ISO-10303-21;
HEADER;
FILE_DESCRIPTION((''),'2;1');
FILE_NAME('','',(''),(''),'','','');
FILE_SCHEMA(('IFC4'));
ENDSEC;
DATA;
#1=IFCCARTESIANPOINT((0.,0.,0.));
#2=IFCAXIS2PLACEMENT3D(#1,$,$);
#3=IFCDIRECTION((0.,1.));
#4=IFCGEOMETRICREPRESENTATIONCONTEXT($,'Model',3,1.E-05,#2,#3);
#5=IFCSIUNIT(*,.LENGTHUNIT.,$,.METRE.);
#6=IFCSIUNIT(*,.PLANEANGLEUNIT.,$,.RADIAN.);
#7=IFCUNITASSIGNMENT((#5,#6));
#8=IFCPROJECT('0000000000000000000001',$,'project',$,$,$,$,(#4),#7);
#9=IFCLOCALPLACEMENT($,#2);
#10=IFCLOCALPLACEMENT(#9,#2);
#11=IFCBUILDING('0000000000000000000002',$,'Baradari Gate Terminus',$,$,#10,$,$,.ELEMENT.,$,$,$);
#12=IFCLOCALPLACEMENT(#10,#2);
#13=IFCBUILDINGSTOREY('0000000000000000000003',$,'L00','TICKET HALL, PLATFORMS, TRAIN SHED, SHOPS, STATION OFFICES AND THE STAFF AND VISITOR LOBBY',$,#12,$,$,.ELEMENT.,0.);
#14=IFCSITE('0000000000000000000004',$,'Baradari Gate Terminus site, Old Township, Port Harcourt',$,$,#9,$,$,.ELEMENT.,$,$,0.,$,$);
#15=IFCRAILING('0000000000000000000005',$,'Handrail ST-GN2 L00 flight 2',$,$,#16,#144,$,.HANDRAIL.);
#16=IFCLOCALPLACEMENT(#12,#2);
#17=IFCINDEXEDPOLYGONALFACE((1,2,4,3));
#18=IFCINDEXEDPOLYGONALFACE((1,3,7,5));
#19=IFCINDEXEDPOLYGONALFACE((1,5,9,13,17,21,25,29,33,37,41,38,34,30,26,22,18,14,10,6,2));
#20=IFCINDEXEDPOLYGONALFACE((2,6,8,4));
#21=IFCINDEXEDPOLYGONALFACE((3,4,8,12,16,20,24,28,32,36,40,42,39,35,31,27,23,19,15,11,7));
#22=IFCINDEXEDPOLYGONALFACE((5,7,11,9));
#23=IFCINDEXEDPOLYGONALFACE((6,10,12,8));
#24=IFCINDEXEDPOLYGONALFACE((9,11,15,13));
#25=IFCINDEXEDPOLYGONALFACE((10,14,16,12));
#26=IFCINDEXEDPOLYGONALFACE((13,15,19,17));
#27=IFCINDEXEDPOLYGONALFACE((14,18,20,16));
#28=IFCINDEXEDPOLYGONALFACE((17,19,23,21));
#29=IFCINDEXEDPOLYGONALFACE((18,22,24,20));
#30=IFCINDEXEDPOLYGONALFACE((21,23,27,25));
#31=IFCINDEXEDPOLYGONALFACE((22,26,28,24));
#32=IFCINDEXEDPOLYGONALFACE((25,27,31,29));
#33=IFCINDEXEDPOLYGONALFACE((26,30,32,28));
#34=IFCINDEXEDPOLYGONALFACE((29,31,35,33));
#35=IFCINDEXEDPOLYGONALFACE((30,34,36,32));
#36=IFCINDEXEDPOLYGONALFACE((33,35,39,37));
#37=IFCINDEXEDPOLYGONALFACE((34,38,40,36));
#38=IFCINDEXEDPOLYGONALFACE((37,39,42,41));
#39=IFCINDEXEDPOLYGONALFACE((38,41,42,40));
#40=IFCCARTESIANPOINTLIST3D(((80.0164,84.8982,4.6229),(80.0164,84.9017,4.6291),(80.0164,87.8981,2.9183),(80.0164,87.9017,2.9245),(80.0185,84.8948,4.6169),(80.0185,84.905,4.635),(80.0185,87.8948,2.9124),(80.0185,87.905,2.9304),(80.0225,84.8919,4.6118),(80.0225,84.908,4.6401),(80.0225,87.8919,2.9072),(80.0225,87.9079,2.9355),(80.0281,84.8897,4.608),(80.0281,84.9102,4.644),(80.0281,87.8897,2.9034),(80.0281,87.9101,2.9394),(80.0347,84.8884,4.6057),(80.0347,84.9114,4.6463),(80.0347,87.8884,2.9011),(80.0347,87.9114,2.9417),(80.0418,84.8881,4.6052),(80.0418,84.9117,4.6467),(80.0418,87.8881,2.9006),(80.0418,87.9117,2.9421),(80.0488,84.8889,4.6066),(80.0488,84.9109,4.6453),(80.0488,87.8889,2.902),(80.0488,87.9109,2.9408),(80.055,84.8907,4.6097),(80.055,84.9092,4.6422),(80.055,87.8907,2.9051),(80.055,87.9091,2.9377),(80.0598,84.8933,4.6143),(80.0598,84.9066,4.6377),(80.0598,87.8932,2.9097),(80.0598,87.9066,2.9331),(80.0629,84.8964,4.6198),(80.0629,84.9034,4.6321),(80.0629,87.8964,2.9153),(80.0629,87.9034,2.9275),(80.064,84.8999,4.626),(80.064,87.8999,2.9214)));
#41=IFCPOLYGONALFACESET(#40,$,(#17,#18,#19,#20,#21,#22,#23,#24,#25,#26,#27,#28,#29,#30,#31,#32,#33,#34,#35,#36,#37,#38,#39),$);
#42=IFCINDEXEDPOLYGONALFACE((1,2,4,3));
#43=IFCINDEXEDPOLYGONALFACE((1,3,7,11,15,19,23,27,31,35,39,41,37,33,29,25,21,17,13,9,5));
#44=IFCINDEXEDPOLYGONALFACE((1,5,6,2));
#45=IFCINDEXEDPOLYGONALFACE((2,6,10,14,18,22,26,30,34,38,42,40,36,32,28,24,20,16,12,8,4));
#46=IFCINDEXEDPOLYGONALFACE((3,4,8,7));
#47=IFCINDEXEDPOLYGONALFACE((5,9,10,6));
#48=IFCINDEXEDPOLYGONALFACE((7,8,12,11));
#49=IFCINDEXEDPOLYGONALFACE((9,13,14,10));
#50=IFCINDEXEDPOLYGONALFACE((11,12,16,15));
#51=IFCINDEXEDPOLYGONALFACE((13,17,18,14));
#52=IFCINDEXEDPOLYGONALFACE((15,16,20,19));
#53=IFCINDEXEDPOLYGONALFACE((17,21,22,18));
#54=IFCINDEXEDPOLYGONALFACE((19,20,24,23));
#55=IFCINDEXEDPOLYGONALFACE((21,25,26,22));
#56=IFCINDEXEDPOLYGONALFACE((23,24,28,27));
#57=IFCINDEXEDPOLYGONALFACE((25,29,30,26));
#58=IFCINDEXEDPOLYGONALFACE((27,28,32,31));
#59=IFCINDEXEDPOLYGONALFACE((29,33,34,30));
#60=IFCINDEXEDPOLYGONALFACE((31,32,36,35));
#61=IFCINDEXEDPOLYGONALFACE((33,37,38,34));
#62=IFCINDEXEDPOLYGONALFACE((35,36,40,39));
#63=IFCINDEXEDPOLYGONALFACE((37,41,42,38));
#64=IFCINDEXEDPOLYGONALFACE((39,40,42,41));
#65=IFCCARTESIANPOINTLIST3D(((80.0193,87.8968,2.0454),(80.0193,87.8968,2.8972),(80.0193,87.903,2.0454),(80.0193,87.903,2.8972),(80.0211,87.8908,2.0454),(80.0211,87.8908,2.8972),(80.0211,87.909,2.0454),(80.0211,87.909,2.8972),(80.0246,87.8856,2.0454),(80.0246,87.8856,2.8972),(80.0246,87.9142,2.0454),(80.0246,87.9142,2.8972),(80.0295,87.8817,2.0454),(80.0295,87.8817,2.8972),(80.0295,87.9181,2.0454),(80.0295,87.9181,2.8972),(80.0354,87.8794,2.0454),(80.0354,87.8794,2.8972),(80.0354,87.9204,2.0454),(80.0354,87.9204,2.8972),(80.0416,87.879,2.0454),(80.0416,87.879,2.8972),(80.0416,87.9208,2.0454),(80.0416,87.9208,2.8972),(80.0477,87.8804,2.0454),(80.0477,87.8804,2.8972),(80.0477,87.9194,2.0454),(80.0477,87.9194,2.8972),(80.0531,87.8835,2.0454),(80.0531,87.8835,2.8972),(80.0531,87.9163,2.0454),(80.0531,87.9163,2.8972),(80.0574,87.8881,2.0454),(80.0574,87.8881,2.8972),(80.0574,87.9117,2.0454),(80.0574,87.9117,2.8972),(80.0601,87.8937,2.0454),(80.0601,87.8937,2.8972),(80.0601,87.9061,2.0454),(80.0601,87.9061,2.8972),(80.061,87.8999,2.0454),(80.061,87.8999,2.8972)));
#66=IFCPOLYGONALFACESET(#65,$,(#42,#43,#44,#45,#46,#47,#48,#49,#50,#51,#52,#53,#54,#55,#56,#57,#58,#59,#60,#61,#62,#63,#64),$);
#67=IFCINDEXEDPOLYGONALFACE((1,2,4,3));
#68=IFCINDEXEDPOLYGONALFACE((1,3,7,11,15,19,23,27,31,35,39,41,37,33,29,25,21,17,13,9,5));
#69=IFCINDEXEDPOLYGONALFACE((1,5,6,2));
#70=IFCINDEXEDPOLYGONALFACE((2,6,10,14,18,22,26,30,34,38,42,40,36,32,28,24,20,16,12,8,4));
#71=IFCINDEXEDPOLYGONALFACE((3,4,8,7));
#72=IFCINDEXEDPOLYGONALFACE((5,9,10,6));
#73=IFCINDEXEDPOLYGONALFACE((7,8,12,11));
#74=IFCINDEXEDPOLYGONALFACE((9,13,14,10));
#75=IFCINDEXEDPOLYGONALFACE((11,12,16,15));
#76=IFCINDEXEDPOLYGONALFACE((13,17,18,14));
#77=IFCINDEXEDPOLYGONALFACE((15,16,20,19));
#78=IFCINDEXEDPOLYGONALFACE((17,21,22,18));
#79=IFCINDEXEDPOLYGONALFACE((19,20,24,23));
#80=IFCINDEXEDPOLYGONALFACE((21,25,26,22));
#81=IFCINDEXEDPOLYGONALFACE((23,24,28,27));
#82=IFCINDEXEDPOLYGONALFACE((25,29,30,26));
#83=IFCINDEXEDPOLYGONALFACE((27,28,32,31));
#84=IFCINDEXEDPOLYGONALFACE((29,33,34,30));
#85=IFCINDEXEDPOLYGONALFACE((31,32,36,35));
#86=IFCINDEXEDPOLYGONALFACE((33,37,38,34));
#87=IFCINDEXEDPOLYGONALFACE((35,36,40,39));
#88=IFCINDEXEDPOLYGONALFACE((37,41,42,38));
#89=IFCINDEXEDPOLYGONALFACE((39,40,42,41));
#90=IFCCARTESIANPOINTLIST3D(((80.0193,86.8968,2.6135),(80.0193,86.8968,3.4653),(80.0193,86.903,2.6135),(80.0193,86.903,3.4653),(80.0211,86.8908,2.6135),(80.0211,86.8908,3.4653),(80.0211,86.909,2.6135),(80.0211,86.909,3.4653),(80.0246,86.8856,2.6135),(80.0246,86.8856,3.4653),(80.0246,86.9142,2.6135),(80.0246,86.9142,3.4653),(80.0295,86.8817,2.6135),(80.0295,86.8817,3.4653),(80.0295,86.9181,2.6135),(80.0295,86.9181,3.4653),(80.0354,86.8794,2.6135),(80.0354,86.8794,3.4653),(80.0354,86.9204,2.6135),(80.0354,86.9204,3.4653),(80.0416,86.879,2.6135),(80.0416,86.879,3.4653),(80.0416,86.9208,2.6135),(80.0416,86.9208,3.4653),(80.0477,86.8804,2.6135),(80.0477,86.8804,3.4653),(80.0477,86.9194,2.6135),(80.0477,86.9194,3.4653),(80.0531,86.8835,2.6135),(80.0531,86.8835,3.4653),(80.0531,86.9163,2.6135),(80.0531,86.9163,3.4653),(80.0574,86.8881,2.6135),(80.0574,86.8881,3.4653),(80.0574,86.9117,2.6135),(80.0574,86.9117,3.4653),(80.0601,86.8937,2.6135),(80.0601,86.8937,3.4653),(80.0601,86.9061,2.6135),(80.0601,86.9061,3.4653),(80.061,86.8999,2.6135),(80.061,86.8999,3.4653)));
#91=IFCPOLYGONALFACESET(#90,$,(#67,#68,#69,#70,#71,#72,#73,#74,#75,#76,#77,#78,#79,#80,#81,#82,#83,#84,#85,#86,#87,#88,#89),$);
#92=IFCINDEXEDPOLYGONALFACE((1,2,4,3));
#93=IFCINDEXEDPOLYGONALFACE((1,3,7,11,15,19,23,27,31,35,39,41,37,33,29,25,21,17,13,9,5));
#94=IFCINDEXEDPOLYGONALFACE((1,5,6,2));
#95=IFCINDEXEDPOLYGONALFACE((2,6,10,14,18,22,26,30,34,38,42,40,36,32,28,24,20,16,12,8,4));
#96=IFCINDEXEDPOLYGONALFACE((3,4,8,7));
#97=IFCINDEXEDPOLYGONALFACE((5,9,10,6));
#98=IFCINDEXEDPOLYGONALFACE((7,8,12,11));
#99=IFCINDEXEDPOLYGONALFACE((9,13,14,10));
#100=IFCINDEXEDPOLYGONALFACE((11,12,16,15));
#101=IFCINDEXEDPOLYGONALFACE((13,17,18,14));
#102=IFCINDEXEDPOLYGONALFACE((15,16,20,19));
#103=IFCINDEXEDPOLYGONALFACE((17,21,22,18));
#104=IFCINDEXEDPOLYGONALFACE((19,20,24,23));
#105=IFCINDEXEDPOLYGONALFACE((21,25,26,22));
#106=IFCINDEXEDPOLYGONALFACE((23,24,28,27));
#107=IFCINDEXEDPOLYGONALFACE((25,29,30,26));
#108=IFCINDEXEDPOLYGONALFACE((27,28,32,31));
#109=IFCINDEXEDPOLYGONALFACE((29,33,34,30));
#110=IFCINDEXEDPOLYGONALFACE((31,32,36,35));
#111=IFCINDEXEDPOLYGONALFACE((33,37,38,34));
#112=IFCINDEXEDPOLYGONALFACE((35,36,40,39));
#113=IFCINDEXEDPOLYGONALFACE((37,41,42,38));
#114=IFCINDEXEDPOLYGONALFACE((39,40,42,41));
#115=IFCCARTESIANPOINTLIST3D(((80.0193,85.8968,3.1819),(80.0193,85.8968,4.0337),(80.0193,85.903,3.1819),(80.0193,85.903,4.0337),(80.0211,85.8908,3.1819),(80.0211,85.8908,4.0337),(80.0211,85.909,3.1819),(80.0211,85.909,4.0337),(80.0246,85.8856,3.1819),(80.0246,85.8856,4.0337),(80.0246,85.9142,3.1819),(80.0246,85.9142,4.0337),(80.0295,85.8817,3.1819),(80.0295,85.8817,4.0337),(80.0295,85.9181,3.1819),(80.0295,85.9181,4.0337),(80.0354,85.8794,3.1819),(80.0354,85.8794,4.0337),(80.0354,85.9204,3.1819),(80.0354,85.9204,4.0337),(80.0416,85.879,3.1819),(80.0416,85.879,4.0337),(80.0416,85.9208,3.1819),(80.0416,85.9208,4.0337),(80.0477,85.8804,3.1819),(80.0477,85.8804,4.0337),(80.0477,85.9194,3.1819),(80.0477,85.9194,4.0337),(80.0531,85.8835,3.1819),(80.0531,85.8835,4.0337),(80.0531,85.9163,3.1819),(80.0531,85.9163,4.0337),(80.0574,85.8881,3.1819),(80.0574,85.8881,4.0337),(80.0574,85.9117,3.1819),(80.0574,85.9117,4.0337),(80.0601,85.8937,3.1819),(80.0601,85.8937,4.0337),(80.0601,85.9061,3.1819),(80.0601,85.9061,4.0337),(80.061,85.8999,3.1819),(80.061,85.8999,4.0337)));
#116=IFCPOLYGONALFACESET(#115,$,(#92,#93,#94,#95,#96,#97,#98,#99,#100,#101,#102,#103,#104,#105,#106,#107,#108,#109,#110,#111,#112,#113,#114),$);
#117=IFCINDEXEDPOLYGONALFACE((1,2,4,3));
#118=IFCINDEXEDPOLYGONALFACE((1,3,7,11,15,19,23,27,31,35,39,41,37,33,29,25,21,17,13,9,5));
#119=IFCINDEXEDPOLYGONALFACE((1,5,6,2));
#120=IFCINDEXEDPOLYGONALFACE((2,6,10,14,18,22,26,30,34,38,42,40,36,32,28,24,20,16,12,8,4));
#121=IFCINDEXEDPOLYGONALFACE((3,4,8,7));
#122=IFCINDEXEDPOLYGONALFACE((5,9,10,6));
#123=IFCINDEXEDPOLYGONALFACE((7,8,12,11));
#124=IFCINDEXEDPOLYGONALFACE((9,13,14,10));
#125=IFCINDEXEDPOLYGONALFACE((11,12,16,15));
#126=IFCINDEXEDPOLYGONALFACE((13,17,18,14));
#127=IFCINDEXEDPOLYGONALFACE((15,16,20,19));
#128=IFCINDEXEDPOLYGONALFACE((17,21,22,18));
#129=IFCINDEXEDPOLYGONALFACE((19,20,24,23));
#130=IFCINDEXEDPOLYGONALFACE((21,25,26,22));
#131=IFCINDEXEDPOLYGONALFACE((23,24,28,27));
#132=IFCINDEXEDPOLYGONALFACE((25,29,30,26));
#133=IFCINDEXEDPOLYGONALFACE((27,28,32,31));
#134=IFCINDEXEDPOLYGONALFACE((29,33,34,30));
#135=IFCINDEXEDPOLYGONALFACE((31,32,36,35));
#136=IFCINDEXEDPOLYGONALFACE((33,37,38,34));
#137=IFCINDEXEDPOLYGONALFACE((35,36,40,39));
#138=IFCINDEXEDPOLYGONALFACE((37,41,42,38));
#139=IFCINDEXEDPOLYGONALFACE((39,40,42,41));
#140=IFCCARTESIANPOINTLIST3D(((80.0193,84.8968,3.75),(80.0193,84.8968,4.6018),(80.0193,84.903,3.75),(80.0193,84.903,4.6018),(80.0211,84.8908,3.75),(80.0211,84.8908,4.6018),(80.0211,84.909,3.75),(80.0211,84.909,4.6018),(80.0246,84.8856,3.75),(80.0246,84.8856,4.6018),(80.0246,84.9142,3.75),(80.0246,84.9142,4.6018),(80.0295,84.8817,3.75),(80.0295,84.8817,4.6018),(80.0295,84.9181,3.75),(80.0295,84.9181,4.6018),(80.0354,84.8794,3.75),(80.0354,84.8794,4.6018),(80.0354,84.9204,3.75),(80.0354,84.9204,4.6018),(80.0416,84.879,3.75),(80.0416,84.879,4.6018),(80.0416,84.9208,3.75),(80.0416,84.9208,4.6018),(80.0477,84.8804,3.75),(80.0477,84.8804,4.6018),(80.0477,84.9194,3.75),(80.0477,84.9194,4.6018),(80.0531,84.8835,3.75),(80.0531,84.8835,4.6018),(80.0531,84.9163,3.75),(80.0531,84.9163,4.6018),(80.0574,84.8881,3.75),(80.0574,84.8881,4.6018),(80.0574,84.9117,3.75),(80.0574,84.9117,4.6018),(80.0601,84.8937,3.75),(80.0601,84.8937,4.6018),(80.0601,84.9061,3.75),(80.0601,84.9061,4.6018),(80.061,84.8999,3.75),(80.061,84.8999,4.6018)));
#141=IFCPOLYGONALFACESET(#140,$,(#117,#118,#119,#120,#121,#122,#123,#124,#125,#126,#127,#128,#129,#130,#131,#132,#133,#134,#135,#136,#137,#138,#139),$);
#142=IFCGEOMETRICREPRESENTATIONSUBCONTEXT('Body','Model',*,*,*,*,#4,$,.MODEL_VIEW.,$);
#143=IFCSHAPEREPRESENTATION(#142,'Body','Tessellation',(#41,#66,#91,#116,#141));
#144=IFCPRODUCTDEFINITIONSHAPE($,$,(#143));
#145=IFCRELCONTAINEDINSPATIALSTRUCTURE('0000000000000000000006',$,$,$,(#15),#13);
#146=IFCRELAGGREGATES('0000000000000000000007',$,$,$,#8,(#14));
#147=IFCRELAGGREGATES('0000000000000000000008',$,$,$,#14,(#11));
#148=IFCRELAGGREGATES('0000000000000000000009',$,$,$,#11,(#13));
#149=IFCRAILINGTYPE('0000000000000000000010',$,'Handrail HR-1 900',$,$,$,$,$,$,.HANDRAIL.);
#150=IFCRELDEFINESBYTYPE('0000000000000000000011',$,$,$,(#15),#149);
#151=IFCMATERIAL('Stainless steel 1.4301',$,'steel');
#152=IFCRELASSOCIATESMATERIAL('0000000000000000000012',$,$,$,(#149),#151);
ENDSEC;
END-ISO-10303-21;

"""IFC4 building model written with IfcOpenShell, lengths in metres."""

from ifc_helpers import new_model, si_unit, direction, frame, origin, origin_2d, place, context, subcontext, project, spatial, circle, extrude, material, type_object, element, save


model = new_model("IFC4")

# Units and contexts
model_context = context("Model", 3, precision=1e-05, world=origin(), true_north=direction((0.0, 1.0)))
body_context = subcontext(model_context, "Body", "Model", "MODEL_VIEW")
ifc_project = project(units=[si_unit("LENGTHUNIT", "METRE"), si_unit("PLANEANGLEUNIT", "RADIAN")], contexts=[model_context])

# Site, building, storey
site_placement = place(None, origin())
site = spatial("IfcSite", under=ifc_project, at=site_placement, Name="Baradari Gate Terminus site, Old Township, Port Harcourt", CompositionType="ELEMENT", RefElevation=0.0)
building_placement = place(site_placement, origin())
building = spatial("IfcBuilding", under=site, at=building_placement, Name="Baradari Gate Terminus", CompositionType="ELEMENT")
storey_placement = place(building_placement, origin())
storey = spatial("IfcBuildingStorey", under=building, at=storey_placement, Name="L00", Description="TICKET HALL, PLATFORMS, TRAIN SHED, SHOPS, STATION OFFICES AND THE STAFF AND VISITOR LOBBY", CompositionType="ELEMENT", Elevation=0.0)

# Railing
ifc_material_1 = material(Name="Stainless steel 1.4301", Category="steel")
railing_type_1 = type_object("IfcRailingType", Name="Handrail HR-1 900", PredefinedType="HANDRAIL", material=ifc_material_1)
for number, where, name in (
    (1, (80.04, 87.8999, 2.0454), "Handrail ST-GN2 L00 flight 2"),
):
    element("IfcRailing", number, at=place(storey_placement, frame(where)), inside=storey, type_object=railing_type_1, Name=name, PredefinedType="HANDRAIL", context=body_context, shape_type="SweptSolid", body=[
        extrude(circle(Radius=0.0239, at=origin_2d()), frame((0.0, 0.0, 0.876), z_axis=(0.0, -0.869451, 0.494019), x_axis=(1.0, 0.0, 0.0)), (0.0, 0.0, 1.0), 3.4504),
        extrude(circle(Radius=0.021, at=origin_2d()), origin(), (0.0, 0.0, 1.0), 0.8518),
        extrude(circle(Radius=0.021, at=origin_2d()), frame((0.0, -1.0, 0.5681)), (0.0, 0.0, 1.0), 0.8518),
        extrude(circle(Radius=0.021, at=origin_2d()), frame((0.0, -2.0, 1.1365)), (0.0, 0.0, 1.0), 0.8518),
        extrude(circle(Radius=0.021, at=origin_2d()), frame((0.0, -3.0, 1.7046)), (0.0, 0.0, 1.0), 0.8518),
    ])

save(model, "model.ifc")
